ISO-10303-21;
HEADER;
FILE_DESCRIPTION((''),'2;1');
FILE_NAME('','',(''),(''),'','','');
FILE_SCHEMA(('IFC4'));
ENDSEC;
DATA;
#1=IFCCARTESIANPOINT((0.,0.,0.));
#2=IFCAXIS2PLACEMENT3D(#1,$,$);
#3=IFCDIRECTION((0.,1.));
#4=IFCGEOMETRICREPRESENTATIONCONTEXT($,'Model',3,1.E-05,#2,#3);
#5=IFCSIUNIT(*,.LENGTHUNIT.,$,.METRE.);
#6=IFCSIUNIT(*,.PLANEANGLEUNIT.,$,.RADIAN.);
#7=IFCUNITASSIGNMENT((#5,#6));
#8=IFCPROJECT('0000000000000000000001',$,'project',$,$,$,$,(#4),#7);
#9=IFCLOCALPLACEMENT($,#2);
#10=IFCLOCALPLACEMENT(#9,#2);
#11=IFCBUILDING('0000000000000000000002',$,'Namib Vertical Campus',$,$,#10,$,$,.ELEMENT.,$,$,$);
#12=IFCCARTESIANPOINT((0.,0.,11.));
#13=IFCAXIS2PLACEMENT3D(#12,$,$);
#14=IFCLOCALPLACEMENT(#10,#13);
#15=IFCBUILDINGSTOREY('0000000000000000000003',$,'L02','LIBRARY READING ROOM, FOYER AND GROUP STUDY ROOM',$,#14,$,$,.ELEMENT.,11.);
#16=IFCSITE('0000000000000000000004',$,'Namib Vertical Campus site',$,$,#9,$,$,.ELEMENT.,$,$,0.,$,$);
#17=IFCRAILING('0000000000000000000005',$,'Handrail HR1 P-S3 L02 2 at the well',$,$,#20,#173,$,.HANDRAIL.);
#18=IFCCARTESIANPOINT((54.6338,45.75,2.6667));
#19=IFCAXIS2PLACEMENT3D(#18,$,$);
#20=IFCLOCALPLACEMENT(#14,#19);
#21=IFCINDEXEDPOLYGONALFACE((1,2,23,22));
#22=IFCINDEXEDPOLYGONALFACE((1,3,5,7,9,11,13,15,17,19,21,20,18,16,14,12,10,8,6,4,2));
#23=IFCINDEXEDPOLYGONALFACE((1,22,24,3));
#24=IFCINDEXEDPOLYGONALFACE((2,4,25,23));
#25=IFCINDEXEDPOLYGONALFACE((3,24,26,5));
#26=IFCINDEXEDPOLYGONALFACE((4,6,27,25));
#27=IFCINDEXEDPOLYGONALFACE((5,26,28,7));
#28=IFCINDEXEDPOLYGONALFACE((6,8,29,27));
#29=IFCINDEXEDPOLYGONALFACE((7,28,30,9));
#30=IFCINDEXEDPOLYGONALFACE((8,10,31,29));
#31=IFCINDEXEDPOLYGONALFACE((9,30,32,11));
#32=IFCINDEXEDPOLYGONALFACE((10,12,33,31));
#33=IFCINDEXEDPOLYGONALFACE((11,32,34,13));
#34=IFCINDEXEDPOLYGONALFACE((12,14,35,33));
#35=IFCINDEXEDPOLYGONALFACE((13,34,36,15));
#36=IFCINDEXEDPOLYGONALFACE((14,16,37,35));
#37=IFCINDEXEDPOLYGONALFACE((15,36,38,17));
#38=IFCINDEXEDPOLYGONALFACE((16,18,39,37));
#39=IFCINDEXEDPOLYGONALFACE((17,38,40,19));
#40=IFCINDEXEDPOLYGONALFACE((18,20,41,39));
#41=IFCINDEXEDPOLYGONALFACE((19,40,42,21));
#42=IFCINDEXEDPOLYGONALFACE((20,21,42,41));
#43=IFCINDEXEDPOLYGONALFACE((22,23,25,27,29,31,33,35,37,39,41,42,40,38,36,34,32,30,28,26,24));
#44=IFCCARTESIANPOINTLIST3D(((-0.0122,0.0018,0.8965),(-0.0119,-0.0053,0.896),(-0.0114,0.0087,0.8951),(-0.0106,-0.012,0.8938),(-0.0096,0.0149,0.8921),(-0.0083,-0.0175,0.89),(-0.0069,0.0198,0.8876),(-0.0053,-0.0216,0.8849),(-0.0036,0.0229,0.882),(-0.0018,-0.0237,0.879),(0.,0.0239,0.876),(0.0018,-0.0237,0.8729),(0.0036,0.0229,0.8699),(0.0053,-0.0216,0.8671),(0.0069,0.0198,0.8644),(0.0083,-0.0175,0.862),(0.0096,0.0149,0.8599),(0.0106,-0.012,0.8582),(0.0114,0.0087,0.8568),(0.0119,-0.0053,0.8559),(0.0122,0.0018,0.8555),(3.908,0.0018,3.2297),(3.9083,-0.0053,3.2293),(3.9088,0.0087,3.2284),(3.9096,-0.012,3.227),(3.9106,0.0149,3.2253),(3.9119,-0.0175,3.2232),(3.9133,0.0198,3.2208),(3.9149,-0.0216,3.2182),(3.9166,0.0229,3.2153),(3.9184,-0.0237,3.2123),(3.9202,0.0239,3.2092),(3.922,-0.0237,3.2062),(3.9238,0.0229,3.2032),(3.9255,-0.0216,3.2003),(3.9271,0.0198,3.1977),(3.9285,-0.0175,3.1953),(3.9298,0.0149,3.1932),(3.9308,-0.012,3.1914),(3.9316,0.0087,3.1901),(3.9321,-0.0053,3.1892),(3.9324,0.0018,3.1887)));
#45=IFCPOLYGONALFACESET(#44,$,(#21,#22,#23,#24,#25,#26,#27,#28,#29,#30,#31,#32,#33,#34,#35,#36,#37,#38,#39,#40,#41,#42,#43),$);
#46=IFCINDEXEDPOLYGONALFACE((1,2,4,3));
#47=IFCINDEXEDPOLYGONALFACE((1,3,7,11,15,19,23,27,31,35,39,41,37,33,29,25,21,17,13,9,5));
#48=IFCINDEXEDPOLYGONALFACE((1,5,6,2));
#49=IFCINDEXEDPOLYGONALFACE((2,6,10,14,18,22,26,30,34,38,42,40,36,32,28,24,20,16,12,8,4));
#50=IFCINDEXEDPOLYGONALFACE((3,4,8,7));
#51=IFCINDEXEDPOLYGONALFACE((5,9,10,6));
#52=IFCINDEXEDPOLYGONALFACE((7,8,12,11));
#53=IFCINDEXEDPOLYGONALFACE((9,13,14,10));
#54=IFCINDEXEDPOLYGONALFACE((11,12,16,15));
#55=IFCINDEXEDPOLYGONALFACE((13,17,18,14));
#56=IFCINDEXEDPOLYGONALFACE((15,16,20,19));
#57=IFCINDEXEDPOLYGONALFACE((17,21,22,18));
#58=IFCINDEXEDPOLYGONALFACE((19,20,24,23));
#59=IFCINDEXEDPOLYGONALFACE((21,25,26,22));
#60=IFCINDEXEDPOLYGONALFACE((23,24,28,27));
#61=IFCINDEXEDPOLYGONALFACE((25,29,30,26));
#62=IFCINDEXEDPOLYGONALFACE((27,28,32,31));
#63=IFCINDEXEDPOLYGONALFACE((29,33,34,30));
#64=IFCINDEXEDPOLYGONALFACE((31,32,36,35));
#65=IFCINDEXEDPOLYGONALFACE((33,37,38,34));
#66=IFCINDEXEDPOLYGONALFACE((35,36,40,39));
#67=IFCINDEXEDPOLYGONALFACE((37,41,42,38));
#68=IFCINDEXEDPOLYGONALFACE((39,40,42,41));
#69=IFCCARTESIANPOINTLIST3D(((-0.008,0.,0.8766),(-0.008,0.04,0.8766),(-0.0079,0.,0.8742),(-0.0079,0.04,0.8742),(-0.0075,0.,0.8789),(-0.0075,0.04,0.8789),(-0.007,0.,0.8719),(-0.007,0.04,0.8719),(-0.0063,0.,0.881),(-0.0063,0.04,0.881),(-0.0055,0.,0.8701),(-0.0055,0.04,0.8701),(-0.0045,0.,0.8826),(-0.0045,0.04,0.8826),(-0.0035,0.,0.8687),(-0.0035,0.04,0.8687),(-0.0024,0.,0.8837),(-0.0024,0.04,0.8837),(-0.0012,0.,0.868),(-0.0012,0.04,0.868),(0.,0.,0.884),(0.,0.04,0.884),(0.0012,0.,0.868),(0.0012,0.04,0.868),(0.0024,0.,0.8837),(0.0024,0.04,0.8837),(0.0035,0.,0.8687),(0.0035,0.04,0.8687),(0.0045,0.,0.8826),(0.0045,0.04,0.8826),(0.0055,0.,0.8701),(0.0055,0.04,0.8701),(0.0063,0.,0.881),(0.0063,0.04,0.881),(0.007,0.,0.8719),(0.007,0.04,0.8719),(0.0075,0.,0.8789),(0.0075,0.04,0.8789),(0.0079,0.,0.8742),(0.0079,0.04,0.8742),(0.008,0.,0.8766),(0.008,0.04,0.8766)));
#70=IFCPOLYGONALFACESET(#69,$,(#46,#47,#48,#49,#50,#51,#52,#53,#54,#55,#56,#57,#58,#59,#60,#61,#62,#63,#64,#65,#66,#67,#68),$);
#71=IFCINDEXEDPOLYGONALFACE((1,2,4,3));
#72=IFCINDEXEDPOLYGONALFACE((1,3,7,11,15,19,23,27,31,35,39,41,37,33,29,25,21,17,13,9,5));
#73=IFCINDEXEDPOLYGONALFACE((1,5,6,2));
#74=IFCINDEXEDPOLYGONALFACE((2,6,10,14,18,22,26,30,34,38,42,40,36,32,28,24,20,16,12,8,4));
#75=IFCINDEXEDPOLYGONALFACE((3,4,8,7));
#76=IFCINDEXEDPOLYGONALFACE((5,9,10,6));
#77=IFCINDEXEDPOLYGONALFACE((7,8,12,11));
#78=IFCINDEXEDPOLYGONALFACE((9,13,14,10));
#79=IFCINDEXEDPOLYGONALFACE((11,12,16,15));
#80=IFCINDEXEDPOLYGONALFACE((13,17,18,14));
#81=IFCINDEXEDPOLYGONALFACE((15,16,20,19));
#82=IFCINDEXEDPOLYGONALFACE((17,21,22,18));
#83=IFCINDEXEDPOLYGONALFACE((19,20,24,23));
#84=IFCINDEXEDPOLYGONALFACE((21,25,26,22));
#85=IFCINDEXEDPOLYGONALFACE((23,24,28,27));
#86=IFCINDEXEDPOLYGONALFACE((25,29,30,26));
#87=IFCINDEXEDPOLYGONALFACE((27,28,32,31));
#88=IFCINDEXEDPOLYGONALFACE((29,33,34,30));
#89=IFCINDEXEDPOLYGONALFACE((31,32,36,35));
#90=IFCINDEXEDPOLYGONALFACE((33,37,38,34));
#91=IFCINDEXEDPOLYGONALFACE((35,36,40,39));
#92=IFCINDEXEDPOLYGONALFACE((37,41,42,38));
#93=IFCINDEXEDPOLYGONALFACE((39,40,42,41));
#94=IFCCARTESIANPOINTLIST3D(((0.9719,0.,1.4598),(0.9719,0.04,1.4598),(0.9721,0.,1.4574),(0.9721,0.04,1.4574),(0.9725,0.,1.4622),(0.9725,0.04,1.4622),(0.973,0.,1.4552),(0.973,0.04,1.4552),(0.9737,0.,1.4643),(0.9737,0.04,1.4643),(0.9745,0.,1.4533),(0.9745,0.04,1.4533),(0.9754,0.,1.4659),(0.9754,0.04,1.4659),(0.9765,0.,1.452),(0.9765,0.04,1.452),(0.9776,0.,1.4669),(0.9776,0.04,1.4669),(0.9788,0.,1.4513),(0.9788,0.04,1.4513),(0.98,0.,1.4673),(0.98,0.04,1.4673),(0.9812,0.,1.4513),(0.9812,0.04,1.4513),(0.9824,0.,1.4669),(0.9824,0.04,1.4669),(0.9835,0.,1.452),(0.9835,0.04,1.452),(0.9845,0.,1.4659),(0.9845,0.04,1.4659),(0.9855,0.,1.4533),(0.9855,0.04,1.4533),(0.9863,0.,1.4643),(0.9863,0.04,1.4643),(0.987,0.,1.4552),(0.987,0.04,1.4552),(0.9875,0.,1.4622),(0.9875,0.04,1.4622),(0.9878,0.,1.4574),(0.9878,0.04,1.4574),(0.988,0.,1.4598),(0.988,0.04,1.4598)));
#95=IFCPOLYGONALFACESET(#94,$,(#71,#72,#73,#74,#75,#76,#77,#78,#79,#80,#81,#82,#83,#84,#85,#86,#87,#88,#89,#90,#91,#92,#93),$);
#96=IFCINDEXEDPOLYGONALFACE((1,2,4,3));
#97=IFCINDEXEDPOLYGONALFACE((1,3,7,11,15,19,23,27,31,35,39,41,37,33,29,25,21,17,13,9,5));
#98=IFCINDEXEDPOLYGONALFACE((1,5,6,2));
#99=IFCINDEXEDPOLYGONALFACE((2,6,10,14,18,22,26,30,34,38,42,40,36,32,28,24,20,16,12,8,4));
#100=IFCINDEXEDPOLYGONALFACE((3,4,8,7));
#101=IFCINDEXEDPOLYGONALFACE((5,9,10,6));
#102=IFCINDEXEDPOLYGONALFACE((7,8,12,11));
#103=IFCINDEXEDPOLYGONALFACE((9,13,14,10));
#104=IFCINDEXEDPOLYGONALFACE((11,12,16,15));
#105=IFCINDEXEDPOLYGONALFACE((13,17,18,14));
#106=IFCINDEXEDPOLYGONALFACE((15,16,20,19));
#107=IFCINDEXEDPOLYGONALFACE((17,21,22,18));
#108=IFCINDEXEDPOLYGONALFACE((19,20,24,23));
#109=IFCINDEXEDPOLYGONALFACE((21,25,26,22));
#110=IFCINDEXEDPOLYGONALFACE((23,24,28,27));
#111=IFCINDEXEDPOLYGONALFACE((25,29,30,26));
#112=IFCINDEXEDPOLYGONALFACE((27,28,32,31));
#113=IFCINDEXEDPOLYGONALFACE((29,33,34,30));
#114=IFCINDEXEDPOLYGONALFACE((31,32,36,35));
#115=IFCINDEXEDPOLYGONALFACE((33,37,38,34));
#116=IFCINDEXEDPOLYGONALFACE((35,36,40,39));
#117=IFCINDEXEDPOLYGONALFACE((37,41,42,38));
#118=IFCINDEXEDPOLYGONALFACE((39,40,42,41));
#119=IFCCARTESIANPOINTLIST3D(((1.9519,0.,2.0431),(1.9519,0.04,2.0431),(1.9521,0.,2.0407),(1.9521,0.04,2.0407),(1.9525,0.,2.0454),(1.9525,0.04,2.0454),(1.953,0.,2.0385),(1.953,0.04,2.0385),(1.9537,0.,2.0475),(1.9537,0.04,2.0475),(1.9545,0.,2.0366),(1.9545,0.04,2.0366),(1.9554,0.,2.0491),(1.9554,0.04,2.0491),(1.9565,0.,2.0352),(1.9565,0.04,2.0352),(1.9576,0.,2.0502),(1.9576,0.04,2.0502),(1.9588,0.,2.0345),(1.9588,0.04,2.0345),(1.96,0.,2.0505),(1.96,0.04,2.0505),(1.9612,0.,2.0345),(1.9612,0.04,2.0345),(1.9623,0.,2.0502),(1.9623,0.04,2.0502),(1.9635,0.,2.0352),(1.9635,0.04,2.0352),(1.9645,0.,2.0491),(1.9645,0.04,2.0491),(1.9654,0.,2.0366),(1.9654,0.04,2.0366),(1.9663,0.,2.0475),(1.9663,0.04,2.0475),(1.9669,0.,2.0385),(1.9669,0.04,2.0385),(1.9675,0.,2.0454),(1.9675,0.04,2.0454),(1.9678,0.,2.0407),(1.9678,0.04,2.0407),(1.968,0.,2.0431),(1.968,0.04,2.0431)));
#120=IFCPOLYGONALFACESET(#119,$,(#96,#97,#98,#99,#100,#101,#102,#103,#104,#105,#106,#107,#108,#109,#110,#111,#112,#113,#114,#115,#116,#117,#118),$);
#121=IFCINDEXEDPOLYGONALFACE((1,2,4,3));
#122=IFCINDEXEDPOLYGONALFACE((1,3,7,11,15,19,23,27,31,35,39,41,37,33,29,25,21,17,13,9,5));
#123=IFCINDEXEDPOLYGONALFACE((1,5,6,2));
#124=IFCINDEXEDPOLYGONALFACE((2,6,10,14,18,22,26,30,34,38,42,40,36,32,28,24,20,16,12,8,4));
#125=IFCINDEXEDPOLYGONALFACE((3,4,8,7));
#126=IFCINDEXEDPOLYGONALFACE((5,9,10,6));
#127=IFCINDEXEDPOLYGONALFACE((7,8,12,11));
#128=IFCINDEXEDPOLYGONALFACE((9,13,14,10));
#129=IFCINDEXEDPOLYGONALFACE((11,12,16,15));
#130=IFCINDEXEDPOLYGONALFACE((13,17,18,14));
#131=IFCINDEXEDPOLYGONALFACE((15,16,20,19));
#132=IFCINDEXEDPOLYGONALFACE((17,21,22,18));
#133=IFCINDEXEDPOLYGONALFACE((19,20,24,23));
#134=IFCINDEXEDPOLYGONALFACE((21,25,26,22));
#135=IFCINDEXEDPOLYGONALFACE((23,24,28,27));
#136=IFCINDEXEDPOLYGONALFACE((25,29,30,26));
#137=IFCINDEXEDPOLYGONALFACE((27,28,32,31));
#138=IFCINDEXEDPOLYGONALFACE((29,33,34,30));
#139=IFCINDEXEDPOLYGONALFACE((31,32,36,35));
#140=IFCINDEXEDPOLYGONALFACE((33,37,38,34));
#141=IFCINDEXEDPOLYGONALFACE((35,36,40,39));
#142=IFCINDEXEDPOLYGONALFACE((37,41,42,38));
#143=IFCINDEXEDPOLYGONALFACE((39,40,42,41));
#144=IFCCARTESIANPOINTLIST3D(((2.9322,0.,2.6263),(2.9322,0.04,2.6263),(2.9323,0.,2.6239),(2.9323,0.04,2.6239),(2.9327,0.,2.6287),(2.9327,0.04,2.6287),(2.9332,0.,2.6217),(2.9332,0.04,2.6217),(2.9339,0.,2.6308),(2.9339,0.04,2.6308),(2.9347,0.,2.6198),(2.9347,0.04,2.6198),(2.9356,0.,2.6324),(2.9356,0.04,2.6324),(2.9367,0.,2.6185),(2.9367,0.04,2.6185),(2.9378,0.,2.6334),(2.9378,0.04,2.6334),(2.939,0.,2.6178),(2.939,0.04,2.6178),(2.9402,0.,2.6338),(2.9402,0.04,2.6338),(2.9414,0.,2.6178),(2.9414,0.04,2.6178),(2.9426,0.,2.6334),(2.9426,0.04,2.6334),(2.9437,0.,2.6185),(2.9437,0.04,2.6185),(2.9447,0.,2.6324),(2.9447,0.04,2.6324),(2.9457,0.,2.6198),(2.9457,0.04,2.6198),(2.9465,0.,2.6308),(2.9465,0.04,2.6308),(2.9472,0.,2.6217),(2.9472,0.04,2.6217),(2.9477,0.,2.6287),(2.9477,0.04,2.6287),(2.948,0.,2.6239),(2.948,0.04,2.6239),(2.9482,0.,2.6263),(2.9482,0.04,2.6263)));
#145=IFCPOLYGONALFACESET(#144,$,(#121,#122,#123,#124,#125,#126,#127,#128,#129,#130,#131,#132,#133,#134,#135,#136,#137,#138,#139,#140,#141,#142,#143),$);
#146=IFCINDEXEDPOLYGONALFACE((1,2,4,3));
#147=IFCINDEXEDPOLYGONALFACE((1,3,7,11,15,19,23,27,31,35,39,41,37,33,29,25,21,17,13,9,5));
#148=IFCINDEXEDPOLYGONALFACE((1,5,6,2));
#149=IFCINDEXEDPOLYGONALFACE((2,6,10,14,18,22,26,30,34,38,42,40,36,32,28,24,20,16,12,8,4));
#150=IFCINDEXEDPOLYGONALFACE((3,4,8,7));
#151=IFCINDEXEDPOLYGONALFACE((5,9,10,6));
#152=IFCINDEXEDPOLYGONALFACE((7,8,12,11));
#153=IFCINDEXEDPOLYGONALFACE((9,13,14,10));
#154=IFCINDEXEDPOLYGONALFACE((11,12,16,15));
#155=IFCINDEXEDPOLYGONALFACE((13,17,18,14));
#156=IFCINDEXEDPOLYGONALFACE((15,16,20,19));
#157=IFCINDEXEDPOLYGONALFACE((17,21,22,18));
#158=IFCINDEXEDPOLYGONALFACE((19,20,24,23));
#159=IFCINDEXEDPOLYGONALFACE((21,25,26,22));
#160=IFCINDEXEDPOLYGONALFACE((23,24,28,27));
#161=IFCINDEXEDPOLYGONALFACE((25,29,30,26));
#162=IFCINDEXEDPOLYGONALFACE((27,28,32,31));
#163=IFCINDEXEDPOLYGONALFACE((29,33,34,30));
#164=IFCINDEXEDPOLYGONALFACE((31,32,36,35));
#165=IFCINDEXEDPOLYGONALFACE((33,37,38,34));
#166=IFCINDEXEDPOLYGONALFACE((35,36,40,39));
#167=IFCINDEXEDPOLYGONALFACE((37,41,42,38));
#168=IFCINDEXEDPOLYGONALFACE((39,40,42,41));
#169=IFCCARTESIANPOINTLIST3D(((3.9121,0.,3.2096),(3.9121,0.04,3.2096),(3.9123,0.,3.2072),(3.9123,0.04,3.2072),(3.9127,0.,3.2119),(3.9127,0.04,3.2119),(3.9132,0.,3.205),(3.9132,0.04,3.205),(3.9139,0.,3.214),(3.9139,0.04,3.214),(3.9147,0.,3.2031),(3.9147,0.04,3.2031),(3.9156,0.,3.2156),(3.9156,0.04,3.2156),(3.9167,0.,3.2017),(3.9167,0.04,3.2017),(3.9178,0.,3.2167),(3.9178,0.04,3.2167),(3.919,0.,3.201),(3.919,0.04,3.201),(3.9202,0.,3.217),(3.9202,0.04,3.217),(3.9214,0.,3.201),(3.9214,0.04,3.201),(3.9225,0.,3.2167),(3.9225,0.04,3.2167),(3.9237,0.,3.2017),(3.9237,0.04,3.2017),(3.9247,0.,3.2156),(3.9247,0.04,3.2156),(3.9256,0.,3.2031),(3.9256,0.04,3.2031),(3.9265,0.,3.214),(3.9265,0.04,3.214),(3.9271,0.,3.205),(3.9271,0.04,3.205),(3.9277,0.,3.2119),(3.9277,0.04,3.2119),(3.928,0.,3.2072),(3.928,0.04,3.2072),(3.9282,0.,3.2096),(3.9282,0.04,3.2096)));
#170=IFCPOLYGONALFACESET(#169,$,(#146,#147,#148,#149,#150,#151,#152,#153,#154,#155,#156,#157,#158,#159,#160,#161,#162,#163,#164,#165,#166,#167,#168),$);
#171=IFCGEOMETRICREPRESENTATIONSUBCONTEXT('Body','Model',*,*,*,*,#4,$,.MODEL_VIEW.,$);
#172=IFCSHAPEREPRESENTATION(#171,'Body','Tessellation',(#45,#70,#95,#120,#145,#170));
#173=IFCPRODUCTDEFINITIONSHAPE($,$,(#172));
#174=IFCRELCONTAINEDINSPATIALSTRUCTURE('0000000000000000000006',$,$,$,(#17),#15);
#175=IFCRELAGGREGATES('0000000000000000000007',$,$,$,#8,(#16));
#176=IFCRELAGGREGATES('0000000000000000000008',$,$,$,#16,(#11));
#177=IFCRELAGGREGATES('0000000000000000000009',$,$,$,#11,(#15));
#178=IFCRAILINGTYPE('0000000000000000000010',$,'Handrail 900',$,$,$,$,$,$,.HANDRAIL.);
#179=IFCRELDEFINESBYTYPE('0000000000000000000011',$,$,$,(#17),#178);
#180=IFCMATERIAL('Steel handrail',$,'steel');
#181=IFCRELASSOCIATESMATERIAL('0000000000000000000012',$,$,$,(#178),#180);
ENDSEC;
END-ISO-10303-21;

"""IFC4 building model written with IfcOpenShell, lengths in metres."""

from ifc_helpers import new_model, si_unit, direction, frame, origin, origin_2d, place, context, subcontext, project, spatial, circle, extrude, material, type_object, element, save


model = new_model("IFC4")

# Units and contexts
model_context = context("Model", 3, precision=1e-05, world=origin(), true_north=direction((0.0, 1.0)))
body_context = subcontext(model_context, "Body", "Model", "MODEL_VIEW")
ifc_project = project(units=[si_unit("LENGTHUNIT", "METRE"), si_unit("PLANEANGLEUNIT", "RADIAN")], contexts=[model_context])

# Site, building, storey
site_placement = place(None, origin())
site = spatial("IfcSite", under=ifc_project, at=site_placement, Name="Namib Vertical Campus site", CompositionType="ELEMENT", RefElevation=0.0)
building_placement = place(site_placement, origin())
building = spatial("IfcBuilding", under=site, at=building_placement, Name="Namib Vertical Campus", CompositionType="ELEMENT")
storey_placement = place(building_placement, frame((0.0, 0.0, 11.0)))
storey = spatial("IfcBuildingStorey", under=building, at=storey_placement, Name="L02", Description="LIBRARY READING ROOM, FOYER AND GROUP STUDY ROOM", CompositionType="ELEMENT", Elevation=11.0)

# Railing
ifc_material_1 = material(Name="Steel handrail", Category="steel")
railing_type_1 = type_object("IfcRailingType", Name="Handrail 900", PredefinedType="HANDRAIL", material=ifc_material_1)
railing_1_placement = place(storey_placement, frame((54.6338, 45.75, 2.6667)))
element("IfcRailing", 1, at=railing_1_placement, inside=storey, type_object=railing_type_1, Name="Handrail HR1 P-S3 L02 2 at the well", PredefinedType="HANDRAIL", context=body_context, shape_type="SweptSolid", body=[
    extrude(circle(Radius=0.0239, at=origin_2d()), frame((0.0, 0.0, 0.876), z_axis=(0.85931, 0.0, 0.511455), x_axis=(0.0, 1.0, 0.0)), (0.0, 0.0, 1.0), 4.562),
    extrude(circle(Radius=0.0081, at=origin_2d()), frame((0.0, 0.0, 0.876), z_axis=(0.0, 1.0, 0.0), x_axis=(0.0, 0.0, 1.0)), (0.0, 0.0, 1.0), 0.04),
    extrude(circle(Radius=0.0081, at=origin_2d()), frame((0.98, 0.0, 1.4592), z_axis=(0.0, 1.0, 0.0), x_axis=(0.0, 0.0, 1.0)), (0.0, 0.0, 1.0), 0.04),
    extrude(circle(Radius=0.0081, at=origin_2d()), frame((1.96, 0.0, 2.0425), z_axis=(0.0, 1.0, 0.0), x_axis=(0.0, 0.0, 1.0)), (0.0, 0.0, 1.0), 0.04),
    extrude(circle(Radius=0.0081, at=origin_2d()), frame((2.9402, 0.0, 2.6257), z_axis=(0.0, 1.0, 0.0), x_axis=(0.0, 0.0, 1.0)), (0.0, 0.0, 1.0), 0.04),
    extrude(circle(Radius=0.0081, at=origin_2d()), frame((3.9202, 0.0, 3.209), z_axis=(0.0, 1.0, 0.0), x_axis=(0.0, 0.0, 1.0)), (0.0, 0.0, 1.0), 0.04),
])

save(model, "model.ifc")
